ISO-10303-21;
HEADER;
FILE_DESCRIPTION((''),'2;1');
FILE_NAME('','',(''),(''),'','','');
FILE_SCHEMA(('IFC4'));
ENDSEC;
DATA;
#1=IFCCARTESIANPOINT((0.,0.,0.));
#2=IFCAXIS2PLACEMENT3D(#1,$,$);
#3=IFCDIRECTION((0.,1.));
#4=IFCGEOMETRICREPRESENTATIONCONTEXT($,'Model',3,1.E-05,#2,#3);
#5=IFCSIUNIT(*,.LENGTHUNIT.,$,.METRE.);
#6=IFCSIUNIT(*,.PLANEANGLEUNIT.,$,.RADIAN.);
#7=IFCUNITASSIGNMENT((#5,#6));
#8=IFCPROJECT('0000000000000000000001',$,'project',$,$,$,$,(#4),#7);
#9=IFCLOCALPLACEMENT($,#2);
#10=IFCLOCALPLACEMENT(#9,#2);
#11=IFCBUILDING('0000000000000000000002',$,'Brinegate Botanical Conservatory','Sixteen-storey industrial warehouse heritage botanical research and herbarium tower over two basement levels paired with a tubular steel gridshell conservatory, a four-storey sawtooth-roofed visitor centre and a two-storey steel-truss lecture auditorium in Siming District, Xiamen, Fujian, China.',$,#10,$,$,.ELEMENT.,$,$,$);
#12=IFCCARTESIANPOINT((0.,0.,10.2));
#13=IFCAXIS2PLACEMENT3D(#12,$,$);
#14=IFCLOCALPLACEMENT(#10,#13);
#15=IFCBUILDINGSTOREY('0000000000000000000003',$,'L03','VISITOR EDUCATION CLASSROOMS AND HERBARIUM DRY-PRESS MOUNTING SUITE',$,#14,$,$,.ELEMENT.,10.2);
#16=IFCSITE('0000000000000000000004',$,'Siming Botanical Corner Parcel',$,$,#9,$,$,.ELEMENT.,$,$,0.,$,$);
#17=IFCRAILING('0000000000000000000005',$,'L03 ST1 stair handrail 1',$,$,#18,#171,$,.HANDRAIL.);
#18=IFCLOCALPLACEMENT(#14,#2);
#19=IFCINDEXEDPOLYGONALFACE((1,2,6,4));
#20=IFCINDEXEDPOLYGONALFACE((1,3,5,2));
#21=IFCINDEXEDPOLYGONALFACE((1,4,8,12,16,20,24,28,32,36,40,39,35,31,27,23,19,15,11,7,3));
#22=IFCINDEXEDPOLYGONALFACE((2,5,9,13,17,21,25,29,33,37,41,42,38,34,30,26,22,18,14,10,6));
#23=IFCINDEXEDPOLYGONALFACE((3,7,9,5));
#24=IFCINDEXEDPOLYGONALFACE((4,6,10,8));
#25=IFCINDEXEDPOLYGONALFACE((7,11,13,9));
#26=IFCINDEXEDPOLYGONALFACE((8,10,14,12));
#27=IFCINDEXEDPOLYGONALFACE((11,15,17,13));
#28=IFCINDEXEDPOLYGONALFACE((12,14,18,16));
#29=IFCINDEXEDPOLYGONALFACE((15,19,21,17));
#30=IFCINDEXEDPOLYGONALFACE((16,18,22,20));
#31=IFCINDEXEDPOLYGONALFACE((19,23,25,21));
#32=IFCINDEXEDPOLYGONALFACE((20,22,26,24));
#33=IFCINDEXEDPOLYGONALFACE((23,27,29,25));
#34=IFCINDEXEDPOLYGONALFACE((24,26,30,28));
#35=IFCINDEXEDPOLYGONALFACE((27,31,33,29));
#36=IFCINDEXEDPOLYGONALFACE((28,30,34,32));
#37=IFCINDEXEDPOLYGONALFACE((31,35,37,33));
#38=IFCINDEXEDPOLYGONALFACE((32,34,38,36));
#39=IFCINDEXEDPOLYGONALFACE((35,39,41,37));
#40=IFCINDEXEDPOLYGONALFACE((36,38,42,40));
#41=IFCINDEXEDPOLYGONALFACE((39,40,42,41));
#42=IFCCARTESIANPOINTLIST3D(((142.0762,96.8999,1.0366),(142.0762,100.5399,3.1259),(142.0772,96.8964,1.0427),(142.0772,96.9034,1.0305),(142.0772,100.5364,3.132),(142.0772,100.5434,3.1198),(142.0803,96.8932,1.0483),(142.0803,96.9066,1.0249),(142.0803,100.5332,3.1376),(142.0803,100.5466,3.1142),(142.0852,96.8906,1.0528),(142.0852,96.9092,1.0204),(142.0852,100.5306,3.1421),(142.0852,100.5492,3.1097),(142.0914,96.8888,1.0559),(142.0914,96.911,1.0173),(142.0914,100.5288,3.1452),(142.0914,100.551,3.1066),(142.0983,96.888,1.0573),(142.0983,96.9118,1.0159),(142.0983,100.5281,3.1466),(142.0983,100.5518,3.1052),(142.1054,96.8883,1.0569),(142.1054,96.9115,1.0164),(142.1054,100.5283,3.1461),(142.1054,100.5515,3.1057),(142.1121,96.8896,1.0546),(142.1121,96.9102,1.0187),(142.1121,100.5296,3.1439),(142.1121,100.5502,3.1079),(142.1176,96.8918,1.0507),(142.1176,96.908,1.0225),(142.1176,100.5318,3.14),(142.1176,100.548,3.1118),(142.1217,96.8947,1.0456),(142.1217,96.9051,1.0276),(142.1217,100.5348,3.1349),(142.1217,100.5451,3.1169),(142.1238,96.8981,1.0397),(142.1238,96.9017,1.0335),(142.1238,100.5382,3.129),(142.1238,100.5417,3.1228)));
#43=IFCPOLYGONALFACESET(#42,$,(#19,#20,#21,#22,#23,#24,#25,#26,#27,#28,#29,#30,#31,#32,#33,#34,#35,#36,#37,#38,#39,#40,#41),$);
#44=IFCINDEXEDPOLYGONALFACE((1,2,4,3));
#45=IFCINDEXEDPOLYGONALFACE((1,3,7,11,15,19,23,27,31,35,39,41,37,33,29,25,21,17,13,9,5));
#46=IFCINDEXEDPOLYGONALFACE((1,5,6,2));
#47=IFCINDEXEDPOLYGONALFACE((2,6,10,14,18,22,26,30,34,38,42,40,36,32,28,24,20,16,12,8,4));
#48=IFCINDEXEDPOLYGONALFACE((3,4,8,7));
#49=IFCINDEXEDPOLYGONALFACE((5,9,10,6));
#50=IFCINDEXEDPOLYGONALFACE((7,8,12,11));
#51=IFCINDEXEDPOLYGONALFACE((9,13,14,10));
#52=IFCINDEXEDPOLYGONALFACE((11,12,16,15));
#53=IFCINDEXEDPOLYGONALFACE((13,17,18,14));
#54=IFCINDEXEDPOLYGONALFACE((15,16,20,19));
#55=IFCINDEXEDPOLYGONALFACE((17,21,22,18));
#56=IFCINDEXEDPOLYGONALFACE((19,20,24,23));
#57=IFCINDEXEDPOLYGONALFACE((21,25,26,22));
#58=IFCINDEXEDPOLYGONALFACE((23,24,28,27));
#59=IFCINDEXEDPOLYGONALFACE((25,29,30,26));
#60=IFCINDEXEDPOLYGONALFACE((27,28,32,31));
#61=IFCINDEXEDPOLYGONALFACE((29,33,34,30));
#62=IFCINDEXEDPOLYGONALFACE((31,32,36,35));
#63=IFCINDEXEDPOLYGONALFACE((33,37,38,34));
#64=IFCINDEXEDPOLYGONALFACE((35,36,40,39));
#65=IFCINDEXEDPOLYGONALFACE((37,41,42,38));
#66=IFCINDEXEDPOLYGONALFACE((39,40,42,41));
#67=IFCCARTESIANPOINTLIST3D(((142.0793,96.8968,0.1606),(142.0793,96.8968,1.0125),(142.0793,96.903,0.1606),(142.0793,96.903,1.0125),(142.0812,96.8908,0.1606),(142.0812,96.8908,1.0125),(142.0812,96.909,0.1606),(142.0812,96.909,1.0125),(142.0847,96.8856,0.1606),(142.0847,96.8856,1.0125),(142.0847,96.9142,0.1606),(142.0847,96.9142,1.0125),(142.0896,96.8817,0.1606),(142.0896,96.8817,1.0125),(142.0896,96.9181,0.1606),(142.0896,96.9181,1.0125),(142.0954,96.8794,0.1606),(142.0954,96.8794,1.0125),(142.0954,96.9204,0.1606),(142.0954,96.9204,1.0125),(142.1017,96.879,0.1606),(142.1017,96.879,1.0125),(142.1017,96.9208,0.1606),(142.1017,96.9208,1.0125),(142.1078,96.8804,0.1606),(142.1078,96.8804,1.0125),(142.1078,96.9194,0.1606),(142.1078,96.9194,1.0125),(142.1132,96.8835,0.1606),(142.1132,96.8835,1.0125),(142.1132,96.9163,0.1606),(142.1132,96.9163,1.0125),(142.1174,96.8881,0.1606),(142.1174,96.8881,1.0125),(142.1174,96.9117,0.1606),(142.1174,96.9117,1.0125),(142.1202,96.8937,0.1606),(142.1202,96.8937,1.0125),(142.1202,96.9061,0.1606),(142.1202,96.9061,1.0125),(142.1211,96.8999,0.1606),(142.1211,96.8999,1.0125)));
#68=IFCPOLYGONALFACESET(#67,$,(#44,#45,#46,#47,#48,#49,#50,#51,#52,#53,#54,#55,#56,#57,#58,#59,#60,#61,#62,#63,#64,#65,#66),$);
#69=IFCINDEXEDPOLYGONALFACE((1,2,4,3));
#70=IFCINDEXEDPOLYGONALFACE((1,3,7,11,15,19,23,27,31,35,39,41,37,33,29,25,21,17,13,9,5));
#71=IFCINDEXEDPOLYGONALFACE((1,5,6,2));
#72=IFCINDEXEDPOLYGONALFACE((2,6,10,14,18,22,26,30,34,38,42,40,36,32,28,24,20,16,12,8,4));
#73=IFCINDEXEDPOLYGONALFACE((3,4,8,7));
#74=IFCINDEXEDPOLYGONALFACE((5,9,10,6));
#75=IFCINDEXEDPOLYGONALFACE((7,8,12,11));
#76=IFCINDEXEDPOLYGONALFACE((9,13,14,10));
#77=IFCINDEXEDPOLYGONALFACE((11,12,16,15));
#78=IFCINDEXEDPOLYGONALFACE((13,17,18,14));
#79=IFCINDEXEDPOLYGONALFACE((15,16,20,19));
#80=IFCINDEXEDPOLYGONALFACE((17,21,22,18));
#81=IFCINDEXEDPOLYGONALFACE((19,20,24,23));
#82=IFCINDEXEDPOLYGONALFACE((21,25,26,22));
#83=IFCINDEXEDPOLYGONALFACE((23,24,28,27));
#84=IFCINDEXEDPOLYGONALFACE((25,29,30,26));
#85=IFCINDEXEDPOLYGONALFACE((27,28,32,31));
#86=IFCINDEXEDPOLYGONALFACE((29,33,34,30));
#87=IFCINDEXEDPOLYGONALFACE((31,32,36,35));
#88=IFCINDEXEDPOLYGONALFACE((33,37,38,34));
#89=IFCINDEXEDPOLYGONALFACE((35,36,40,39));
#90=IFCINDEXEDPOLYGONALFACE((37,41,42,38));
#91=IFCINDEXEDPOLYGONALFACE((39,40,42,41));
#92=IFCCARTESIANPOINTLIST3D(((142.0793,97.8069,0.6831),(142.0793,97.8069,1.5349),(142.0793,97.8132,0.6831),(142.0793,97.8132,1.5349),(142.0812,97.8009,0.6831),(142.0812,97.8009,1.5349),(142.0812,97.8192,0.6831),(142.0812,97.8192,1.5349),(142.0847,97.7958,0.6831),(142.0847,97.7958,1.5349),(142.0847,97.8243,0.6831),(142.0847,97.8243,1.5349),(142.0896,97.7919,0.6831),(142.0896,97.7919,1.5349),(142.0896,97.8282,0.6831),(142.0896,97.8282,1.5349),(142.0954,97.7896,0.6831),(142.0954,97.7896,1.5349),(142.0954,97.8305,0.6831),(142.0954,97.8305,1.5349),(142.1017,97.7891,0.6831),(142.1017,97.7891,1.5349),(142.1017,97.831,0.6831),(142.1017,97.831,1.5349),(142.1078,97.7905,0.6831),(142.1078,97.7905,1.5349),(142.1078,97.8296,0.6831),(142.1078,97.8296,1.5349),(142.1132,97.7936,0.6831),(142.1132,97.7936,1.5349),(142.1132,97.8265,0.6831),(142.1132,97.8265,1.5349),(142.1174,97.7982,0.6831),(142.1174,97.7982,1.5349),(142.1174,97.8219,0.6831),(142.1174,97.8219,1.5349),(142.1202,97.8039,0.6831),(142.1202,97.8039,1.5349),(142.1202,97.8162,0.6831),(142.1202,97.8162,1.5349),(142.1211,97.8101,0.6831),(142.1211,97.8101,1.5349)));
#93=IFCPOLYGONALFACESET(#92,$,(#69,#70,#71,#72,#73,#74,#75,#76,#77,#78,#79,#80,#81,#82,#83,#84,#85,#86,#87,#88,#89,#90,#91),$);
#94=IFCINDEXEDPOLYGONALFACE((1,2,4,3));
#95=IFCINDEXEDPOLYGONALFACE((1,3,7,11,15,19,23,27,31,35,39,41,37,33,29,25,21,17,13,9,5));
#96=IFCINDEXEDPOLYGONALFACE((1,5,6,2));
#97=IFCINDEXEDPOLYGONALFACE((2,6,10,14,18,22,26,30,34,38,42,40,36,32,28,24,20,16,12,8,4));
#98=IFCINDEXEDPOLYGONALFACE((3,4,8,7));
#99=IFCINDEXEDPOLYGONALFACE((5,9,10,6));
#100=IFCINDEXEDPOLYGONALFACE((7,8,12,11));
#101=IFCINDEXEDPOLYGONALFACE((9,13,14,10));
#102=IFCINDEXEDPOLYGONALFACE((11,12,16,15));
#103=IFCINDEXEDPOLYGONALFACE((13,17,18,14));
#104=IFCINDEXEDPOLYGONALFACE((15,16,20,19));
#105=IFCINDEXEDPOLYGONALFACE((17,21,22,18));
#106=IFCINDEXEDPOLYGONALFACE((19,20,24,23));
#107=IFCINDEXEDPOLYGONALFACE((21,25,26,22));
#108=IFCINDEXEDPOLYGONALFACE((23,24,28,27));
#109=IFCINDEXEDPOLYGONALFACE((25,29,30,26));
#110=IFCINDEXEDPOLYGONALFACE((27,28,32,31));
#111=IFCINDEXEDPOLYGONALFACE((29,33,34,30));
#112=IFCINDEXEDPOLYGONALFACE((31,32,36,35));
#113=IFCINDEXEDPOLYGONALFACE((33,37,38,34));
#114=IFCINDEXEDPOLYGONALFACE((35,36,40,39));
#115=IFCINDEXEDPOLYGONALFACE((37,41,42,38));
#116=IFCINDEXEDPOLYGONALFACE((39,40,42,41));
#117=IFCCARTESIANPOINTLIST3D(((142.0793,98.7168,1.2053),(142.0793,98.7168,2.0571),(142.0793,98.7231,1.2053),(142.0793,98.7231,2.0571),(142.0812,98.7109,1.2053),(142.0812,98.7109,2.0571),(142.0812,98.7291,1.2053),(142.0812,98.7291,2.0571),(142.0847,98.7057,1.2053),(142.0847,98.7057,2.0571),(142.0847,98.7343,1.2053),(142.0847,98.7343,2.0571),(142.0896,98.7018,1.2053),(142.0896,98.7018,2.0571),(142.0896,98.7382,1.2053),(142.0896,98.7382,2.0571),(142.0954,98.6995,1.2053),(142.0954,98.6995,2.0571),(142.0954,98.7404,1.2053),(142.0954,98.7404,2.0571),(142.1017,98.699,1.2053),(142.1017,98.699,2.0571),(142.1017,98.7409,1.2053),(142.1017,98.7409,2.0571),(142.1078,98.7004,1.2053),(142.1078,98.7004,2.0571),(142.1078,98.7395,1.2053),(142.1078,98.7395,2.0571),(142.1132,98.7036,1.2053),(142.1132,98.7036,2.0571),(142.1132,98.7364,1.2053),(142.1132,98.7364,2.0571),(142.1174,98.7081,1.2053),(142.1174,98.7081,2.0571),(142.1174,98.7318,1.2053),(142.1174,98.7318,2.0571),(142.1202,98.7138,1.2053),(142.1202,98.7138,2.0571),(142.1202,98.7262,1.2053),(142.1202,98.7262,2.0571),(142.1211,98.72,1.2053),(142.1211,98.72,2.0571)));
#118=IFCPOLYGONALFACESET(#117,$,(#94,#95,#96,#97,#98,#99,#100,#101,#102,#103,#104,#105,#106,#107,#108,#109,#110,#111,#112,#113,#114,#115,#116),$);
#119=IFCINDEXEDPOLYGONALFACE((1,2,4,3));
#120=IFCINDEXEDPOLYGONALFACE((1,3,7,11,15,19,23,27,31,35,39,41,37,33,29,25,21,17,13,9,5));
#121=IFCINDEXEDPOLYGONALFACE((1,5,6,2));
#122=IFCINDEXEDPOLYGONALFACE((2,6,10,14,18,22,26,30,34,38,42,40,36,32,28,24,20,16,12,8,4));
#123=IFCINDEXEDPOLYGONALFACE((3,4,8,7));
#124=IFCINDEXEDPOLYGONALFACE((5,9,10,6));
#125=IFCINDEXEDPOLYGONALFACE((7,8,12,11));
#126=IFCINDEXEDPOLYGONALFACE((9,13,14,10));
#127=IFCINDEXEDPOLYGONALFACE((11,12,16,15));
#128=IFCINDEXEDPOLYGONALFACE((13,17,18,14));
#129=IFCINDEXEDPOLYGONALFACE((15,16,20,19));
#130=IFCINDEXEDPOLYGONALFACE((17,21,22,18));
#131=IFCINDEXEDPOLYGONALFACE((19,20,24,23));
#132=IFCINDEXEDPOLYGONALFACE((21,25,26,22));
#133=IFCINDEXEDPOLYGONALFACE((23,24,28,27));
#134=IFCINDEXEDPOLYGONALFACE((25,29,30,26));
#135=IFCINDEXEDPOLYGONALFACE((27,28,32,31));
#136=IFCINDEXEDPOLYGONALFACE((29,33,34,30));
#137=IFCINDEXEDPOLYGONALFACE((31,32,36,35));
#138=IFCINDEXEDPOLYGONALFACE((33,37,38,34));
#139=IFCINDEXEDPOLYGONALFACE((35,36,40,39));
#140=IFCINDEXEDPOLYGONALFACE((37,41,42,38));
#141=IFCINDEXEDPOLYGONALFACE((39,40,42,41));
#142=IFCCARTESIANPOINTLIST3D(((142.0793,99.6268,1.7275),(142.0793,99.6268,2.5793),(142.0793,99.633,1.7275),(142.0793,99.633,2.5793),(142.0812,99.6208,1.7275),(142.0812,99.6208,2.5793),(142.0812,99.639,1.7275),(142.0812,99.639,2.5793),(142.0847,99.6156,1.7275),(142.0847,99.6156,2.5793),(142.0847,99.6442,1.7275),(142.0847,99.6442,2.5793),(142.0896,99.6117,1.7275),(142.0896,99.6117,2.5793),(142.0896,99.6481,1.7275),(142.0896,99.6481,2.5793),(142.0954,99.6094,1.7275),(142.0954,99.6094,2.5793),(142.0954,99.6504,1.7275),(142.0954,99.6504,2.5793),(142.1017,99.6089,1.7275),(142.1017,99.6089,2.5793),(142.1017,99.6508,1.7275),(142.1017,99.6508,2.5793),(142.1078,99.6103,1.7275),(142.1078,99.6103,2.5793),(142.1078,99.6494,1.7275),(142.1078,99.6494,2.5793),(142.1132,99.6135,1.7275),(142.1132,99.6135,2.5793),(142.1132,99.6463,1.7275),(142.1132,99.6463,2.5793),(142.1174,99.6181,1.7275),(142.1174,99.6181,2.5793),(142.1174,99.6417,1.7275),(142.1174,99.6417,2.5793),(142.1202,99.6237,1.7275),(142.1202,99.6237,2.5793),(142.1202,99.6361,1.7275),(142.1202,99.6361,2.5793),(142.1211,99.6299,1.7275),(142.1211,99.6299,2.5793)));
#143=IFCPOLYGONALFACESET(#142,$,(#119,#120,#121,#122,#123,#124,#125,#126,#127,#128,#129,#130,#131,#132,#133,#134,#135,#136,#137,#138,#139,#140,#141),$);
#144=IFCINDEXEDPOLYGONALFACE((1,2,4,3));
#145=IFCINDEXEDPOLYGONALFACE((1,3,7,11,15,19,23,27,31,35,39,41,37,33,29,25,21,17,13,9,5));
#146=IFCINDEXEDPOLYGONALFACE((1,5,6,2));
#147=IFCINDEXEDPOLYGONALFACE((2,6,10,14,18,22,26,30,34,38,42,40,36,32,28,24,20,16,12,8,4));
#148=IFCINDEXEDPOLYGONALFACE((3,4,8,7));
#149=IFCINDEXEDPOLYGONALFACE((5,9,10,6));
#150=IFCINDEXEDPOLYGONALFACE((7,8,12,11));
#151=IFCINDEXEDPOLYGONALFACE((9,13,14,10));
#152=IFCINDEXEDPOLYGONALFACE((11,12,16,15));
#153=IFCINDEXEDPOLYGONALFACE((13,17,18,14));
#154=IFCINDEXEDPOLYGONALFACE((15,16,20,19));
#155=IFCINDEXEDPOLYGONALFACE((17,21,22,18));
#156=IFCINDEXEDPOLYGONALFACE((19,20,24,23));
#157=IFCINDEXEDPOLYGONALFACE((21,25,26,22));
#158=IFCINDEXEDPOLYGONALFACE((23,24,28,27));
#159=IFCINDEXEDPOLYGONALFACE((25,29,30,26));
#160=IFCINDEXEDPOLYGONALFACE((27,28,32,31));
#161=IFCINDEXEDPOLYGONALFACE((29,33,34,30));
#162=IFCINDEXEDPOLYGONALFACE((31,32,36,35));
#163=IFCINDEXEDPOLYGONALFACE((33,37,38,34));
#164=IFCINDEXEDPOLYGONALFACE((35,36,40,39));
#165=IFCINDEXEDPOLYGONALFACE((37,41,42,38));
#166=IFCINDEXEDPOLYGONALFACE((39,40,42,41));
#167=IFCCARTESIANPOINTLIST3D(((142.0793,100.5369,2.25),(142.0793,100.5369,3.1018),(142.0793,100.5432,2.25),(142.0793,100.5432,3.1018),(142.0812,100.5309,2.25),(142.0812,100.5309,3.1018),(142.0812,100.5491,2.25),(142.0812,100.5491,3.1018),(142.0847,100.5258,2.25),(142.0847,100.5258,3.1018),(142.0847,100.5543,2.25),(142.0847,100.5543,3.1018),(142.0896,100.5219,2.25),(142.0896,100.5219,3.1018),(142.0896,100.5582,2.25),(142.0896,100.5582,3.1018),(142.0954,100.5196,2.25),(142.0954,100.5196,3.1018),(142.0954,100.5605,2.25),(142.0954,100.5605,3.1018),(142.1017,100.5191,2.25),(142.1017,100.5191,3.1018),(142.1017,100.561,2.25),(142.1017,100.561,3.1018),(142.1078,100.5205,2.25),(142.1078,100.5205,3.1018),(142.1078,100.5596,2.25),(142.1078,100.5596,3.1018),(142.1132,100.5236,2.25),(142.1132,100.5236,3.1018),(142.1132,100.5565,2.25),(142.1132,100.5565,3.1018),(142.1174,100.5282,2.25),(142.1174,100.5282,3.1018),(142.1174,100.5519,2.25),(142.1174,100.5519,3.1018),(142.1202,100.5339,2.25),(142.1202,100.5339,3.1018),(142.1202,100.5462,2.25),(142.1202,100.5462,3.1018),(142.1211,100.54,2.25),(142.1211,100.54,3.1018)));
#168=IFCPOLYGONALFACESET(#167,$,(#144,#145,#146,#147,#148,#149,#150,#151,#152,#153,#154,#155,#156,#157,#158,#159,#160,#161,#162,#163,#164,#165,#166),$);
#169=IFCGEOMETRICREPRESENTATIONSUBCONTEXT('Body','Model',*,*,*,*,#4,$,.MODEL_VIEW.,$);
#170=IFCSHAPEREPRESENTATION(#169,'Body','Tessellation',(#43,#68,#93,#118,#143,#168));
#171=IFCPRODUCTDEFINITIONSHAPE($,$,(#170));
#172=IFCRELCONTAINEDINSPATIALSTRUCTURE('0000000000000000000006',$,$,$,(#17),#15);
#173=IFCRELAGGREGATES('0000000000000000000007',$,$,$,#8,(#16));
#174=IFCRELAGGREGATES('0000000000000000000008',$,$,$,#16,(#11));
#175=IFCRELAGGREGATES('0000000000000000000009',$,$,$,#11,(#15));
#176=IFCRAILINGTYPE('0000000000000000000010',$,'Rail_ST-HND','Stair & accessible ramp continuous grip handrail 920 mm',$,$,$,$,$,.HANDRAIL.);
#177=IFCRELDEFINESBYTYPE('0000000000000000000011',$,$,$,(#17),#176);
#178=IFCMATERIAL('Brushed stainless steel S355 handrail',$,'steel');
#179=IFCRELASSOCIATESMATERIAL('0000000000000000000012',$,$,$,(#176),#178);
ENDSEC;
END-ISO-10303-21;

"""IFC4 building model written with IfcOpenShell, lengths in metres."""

from ifc_helpers import new_model, si_unit, direction, frame, origin, origin_2d, place, context, subcontext, project, spatial, circle, extrude, material, type_object, element, save


model = new_model("IFC4")

# Units and contexts
model_context = context("Model", 3, precision=1e-05, world=origin(), true_north=direction((0.0, 1.0)))
body_context = subcontext(model_context, "Body", "Model", "MODEL_VIEW")
ifc_project = project(units=[si_unit("LENGTHUNIT", "METRE"), si_unit("PLANEANGLEUNIT", "RADIAN")], contexts=[model_context])

# Site, building, storey
site_placement = place(None, origin())
site = spatial("IfcSite", under=ifc_project, at=site_placement, Name="Siming Botanical Corner Parcel", CompositionType="ELEMENT", RefElevation=0.0)
building_placement = place(site_placement, origin())
building = spatial("IfcBuilding", under=site, at=building_placement, Name="Brinegate Botanical Conservatory", Description="Sixteen-storey industrial warehouse heritage botanical research and herbarium tower over two basement levels paired with a tubular steel gridshell conservatory, a four-storey sawtooth-roofed visitor centre and a two-storey steel-truss lecture auditorium in Siming District, Xiamen, Fujian, China.", CompositionType="ELEMENT")
storey_placement = place(building_placement, frame((0.0, 0.0, 10.2)))
storey = spatial("IfcBuildingStorey", under=building, at=storey_placement, Name="L03", Description="VISITOR EDUCATION CLASSROOMS AND HERBARIUM DRY-PRESS MOUNTING SUITE", CompositionType="ELEMENT", Elevation=10.2)

# Railing
ifc_material_1 = material(Name="Brushed stainless steel S355 handrail", Category="steel")
railing_type_1 = type_object("IfcRailingType", Name="Rail_ST-HND", Description="Stair & accessible ramp continuous grip handrail 920 mm", PredefinedType="HANDRAIL", material=ifc_material_1)
railing_1_placement = place(storey_placement, frame((142.1001, 96.8999, 0.1606)))
element("IfcRailing", 1, at=railing_1_placement, inside=storey, type_object=railing_type_1, Name="L03 ST1 stair handrail 1", PredefinedType="HANDRAIL", context=body_context, shape_type="SweptSolid", body=[
    extrude(circle(Radius=0.0239, at=origin_2d()), frame((0.0, 0.0, 0.876), z_axis=(0.0, 0.867289, 0.497804), x_axis=(-1.0, 0.0, 0.0)), (0.0, 0.0, 1.0), 4.197),
    extrude(circle(Radius=0.021, at=origin_2d()), origin(), (0.0, 0.0, 1.0), 0.8518),
    extrude(circle(Radius=0.021, at=origin_2d()), frame((0.0, 0.9102, 0.5225)), (0.0, 0.0, 1.0), 0.8518),
    extrude(circle(Radius=0.021, at=origin_2d()), frame((0.0, 1.8201, 1.0447)), (0.0, 0.0, 1.0), 0.8518),
    extrude(circle(Radius=0.021, at=origin_2d()), frame((0.0, 2.73, 1.5669)), (0.0, 0.0, 1.0), 0.8518),
    extrude(circle(Radius=0.021, at=origin_2d()), frame((0.0, 3.6401, 2.0894)), (0.0, 0.0, 1.0), 0.8518),
])

save(model, "model.ifc")
